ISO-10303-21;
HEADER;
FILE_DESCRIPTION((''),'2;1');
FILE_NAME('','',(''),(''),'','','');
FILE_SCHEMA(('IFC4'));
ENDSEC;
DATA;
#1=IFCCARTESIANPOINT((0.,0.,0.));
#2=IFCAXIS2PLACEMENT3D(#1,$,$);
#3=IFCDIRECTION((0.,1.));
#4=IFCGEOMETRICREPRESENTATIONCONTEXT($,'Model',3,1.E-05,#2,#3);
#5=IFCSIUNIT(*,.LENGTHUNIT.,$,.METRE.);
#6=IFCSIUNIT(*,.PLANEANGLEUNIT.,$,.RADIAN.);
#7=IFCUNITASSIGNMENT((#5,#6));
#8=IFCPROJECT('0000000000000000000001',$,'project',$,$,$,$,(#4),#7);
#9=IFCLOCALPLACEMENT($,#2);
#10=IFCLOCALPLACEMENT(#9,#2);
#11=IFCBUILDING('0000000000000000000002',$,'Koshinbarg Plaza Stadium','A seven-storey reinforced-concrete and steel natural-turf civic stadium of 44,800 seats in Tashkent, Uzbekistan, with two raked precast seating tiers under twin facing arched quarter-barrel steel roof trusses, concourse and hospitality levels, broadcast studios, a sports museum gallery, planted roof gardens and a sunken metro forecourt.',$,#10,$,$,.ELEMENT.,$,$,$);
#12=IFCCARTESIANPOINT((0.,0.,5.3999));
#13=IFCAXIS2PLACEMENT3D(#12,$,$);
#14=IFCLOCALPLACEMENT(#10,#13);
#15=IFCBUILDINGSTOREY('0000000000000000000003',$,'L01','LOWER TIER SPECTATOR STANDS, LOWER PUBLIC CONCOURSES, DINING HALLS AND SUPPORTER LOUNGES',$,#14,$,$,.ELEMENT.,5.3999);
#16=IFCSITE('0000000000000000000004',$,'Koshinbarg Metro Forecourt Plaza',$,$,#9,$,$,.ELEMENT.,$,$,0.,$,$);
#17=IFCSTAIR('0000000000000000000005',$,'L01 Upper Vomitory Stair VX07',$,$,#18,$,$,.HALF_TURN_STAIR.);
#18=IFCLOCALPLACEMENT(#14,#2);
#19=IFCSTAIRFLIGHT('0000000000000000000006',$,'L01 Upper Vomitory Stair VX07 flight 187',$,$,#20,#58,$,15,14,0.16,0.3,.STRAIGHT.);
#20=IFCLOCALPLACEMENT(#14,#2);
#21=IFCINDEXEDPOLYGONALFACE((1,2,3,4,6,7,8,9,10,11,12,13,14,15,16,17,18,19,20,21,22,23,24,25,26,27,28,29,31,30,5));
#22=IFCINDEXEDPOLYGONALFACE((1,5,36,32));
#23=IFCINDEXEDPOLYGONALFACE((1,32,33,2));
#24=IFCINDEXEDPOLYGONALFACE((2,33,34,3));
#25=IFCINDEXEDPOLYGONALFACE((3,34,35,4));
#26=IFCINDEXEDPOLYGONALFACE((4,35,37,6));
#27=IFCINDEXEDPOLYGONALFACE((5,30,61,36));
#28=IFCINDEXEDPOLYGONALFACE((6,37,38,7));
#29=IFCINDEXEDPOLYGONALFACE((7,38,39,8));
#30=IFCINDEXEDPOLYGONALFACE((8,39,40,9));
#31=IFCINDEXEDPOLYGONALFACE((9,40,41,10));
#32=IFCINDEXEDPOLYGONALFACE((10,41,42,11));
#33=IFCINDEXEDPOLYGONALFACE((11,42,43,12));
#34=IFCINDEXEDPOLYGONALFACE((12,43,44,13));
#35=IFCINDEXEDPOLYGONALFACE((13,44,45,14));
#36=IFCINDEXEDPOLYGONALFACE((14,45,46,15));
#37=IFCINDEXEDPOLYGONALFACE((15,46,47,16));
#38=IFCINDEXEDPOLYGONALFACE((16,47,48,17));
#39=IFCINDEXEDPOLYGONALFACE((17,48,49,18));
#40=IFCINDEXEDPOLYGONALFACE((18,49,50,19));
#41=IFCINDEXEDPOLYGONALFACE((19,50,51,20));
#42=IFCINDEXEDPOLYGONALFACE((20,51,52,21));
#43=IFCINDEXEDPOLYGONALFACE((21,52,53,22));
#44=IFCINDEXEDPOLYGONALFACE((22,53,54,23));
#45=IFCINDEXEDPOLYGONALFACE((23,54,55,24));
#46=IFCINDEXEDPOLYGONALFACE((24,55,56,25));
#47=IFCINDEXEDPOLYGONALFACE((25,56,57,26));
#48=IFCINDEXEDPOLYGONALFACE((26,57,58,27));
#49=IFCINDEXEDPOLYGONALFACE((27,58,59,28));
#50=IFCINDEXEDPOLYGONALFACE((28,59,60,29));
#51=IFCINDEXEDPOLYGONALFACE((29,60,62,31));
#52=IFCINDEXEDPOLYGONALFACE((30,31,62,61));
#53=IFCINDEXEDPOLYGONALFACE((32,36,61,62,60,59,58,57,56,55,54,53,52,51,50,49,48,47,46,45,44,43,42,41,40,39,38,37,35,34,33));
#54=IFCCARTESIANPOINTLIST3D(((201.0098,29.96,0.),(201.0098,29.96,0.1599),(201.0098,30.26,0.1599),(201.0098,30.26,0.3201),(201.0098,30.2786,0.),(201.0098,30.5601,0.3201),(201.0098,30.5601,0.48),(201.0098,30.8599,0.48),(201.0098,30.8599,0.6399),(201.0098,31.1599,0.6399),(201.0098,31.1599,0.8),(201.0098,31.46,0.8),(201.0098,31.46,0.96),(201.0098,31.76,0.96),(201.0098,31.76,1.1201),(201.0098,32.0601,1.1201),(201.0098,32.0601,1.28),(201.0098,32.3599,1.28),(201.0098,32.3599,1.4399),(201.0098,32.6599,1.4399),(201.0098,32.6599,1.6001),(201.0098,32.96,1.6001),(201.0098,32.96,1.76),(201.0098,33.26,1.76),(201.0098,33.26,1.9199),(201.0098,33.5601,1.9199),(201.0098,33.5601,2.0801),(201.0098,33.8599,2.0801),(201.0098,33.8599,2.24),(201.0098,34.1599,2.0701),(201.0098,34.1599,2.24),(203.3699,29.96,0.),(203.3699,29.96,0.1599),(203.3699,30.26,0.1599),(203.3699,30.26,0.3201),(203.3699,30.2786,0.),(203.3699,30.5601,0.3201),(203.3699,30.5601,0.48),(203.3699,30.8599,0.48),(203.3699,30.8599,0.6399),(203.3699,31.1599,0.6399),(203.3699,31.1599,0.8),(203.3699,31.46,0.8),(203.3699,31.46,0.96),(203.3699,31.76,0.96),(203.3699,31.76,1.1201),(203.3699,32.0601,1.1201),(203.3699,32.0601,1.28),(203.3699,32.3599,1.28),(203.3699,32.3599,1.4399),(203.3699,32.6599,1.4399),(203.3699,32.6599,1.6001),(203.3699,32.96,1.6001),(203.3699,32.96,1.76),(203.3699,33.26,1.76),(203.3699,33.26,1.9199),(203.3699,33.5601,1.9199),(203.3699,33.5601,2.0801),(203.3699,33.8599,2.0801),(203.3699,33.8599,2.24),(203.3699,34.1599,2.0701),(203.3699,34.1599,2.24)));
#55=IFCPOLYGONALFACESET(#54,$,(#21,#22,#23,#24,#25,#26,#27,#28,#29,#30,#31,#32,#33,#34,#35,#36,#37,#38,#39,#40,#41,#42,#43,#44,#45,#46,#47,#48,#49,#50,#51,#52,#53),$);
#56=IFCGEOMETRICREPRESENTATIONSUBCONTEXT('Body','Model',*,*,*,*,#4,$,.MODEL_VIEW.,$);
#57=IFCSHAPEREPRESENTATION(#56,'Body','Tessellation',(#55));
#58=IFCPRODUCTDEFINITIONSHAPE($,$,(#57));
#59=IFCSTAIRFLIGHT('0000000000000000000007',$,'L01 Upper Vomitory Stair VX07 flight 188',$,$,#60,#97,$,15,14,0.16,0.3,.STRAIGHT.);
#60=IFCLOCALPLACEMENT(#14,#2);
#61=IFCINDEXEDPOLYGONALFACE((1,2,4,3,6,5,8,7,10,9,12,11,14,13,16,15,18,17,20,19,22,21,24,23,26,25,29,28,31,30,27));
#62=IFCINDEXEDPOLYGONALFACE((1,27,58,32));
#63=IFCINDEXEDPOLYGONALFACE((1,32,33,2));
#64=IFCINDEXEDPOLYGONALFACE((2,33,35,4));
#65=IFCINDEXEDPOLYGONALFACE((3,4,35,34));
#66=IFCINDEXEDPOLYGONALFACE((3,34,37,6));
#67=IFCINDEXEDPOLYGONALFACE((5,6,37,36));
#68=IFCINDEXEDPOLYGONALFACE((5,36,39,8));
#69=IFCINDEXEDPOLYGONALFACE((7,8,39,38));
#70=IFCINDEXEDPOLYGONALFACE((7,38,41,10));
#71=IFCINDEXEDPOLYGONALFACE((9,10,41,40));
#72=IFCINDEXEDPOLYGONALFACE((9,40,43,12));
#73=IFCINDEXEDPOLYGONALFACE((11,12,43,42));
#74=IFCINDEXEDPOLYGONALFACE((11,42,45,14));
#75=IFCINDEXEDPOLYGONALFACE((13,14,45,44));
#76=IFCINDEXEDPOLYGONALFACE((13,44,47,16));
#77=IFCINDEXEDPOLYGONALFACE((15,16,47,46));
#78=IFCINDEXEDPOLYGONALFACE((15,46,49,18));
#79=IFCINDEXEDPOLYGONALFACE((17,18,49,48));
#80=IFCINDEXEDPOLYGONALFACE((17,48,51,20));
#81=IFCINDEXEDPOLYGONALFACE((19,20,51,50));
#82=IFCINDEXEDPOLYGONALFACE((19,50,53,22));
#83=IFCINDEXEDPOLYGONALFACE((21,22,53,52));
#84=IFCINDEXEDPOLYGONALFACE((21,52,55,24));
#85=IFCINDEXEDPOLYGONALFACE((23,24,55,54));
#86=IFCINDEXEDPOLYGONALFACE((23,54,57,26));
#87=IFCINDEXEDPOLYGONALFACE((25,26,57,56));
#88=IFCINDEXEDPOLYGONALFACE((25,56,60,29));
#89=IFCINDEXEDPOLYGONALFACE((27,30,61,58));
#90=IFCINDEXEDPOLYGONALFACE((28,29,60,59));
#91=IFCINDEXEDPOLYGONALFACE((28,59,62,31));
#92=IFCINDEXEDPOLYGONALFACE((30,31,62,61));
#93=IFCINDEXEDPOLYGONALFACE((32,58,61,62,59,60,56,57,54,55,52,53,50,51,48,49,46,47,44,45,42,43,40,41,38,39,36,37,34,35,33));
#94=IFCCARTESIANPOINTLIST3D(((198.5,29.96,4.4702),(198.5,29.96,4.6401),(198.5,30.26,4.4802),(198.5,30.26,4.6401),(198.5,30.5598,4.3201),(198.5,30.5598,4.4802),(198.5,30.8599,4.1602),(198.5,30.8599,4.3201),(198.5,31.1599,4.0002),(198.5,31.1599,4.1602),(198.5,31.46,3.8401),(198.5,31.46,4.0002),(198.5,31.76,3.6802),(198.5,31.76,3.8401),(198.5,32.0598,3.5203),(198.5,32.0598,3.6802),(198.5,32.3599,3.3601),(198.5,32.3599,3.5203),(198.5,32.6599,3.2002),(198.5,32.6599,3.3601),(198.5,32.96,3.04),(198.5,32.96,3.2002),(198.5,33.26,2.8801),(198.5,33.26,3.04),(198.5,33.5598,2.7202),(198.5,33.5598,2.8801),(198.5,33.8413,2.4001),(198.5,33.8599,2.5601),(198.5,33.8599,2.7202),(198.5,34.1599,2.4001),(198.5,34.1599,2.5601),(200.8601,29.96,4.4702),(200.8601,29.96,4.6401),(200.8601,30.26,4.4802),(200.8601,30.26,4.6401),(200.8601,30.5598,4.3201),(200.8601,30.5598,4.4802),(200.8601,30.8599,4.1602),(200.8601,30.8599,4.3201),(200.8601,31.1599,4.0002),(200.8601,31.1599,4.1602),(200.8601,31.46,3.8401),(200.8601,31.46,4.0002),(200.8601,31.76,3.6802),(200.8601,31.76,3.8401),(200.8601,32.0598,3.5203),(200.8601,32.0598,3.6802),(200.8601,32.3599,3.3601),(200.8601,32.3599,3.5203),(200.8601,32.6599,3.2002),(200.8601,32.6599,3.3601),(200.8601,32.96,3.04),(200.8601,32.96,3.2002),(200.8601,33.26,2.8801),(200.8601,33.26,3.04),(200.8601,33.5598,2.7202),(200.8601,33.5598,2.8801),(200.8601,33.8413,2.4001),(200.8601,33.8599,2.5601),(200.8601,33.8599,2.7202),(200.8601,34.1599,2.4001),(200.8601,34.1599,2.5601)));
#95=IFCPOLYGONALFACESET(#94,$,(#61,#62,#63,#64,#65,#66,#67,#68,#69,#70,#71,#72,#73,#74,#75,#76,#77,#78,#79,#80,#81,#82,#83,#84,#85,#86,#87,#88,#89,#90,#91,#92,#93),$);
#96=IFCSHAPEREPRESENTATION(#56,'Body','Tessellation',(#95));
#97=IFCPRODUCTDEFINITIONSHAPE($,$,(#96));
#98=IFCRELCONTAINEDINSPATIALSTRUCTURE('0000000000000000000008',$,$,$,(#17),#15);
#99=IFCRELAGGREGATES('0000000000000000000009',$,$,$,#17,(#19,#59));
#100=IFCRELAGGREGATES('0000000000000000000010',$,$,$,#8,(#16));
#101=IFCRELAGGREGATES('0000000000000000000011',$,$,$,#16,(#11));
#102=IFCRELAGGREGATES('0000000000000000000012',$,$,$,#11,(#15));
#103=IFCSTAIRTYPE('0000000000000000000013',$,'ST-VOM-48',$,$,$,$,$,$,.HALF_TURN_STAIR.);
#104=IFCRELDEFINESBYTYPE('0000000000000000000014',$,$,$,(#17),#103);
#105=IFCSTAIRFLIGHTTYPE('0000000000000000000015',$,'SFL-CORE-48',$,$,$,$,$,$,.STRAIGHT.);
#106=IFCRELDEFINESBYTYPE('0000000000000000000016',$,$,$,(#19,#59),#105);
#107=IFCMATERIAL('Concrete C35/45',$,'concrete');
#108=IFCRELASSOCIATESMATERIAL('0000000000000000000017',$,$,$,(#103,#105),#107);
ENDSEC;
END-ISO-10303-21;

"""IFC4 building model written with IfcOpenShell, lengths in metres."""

from ifc_helpers import new_model, si_unit, direction, frame, origin, place, context, subcontext, project, spatial, polyline, outline, extrude, material, type_object, element, aggregate, save


model = new_model("IFC4")

# Units and contexts
model_context = context("Model", 3, precision=1e-05, world=origin(), true_north=direction((0.0, 1.0)))
body_context = subcontext(model_context, "Body", "Model", "MODEL_VIEW")
ifc_project = project(units=[si_unit("LENGTHUNIT", "METRE"), si_unit("PLANEANGLEUNIT", "RADIAN")], contexts=[model_context])

# Site, building, storey
site_placement = place(None, origin())
site = spatial("IfcSite", under=ifc_project, at=site_placement, Name="Koshinbarg Metro Forecourt Plaza", CompositionType="ELEMENT", RefElevation=0.0)
building_placement = place(site_placement, origin())
building = spatial("IfcBuilding", under=site, at=building_placement, Name="Koshinbarg Plaza Stadium", Description="A seven-storey reinforced-concrete and steel natural-turf civic stadium of 44,800 seats in Tashkent, Uzbekistan, with two raked precast seating tiers under twin facing arched quarter-barrel steel roof trusses, concourse and hospitality levels, broadcast studios, a sports museum gallery, planted roof gardens and a sunken metro forecourt.", CompositionType="ELEMENT")
storey_placement = place(building_placement, frame((0.0, 0.0, 5.3999)))
storey = spatial("IfcBuildingStorey", under=building, at=storey_placement, Name="L01", Description="LOWER TIER SPECTATOR STANDS, LOWER PUBLIC CONCOURSES, DINING HALLS AND SUPPORTER LOUNGES", CompositionType="ELEMENT", Elevation=5.3999)

# Stair, stair flights
ifc_material_1 = material(Name="Concrete C35/45", Category="concrete")
stair_type = type_object("IfcStairType", Name="ST-VOM-48", PredefinedType="HALF_TURN_STAIR", material=ifc_material_1)
stair_placement = place(storey_placement, origin())
stair = element("IfcStair", 1, at=stair_placement, inside=storey, type_object=stair_type, Name="L01 Upper Vomitory Stair VX07", PredefinedType="HALF_TURN_STAIR")
stair_flight_type = type_object("IfcStairFlightType", Name="SFL-CORE-48", PredefinedType="STRAIGHT", material=ifc_material_1)
stair_flight_1_placement = place(storey_placement, frame((202.1899, 29.96, 0.0), z_axis=(0.0, 0.0, 1.0), x_axis=(0.0, 1.0, 0.0)))
stair_flight_1 = element("IfcStairFlight", 2, at=stair_flight_1_placement, type_object=stair_flight_type, Name="L01 Upper Vomitory Stair VX07 flight 187", NumberOfRisers=15, NumberOfTreads=14, PredefinedType="STRAIGHT", RiserHeight=0.16, TreadLength=0.3, context=body_context, shape_type="SweptSolid", body=[
    extrude(outline(polyline([(0.0, 0.0), (0.0, 0.1599), (0.3, 0.1599), (0.3, 0.3201), (0.6001, 0.3201), (0.6001, 0.48), (0.8999, 0.48), (0.8999, 0.6399), (1.2, 0.6399), (1.2, 0.8), (1.5, 0.8), (1.5, 0.96), (1.8, 0.96), (1.8, 1.1201), (2.1001, 1.1201), (2.1001, 1.28), (2.3999, 1.28), (2.3999, 1.4399), (2.7, 1.4399), (2.7, 1.6001), (3.0, 1.6001), (3.0, 1.76), (3.3, 1.76), (3.3, 1.9199), (3.6001, 1.9199), (3.6001, 2.0801), (3.8999, 2.0801), (3.8999, 2.24), (4.2, 2.24), (4.2, 2.3999), (4.2, 2.0701), (0.3186, 0.0), (0.0, 0.0)])), frame((0.0, 1.1802, 0.0), z_axis=(0.0, -1.0, 0.0), x_axis=(1.0, 0.0, 0.0)), (0.0, 0.0, 1.0), 2.3601),
])
stair_flight_2_placement = place(storey_placement, frame((199.6799, 34.1599, 2.4001), z_axis=(0.0, 0.0, 1.0), x_axis=(0.0, -1.0, 0.0)))
stair_flight_2 = element("IfcStairFlight", 3, at=stair_flight_2_placement, type_object=stair_flight_type, Name="L01 Upper Vomitory Stair VX07 flight 188", NumberOfRisers=15, NumberOfTreads=14, PredefinedType="STRAIGHT", RiserHeight=0.16, TreadLength=0.3, context=body_context, shape_type="SweptSolid", body=[
    extrude(outline(polyline([(0.0, 0.0), (0.0, 0.1599), (0.3, 0.1599), (0.3, 0.3201), (0.6001, 0.3201), (0.6001, 0.48), (0.8999, 0.48), (0.8999, 0.6399), (1.2, 0.6399), (1.2, 0.8), (1.5, 0.8), (1.5, 0.96), (1.8, 0.96), (1.8, 1.1201), (2.1001, 1.1201), (2.1001, 1.28), (2.3999, 1.28), (2.3999, 1.4399), (2.7, 1.4399), (2.7, 1.6001), (3.0, 1.6001), (3.0, 1.76), (3.3, 1.76), (3.3, 1.9199), (3.6001, 1.9199), (3.6001, 2.0801), (3.8999, 2.0801), (3.8999, 2.24), (4.2, 2.24), (4.2, 2.3999), (4.2, 2.0701), (0.3186, 0.0), (0.0, 0.0)])), frame((0.0, 1.1802, 0.0), z_axis=(0.0, -1.0, 0.0), x_axis=(1.0, 0.0, 0.0)), (0.0, 0.0, 1.0), 2.3601),
])
aggregate(stair, [stair_flight_1, stair_flight_2])

save(model, "model.ifc")
